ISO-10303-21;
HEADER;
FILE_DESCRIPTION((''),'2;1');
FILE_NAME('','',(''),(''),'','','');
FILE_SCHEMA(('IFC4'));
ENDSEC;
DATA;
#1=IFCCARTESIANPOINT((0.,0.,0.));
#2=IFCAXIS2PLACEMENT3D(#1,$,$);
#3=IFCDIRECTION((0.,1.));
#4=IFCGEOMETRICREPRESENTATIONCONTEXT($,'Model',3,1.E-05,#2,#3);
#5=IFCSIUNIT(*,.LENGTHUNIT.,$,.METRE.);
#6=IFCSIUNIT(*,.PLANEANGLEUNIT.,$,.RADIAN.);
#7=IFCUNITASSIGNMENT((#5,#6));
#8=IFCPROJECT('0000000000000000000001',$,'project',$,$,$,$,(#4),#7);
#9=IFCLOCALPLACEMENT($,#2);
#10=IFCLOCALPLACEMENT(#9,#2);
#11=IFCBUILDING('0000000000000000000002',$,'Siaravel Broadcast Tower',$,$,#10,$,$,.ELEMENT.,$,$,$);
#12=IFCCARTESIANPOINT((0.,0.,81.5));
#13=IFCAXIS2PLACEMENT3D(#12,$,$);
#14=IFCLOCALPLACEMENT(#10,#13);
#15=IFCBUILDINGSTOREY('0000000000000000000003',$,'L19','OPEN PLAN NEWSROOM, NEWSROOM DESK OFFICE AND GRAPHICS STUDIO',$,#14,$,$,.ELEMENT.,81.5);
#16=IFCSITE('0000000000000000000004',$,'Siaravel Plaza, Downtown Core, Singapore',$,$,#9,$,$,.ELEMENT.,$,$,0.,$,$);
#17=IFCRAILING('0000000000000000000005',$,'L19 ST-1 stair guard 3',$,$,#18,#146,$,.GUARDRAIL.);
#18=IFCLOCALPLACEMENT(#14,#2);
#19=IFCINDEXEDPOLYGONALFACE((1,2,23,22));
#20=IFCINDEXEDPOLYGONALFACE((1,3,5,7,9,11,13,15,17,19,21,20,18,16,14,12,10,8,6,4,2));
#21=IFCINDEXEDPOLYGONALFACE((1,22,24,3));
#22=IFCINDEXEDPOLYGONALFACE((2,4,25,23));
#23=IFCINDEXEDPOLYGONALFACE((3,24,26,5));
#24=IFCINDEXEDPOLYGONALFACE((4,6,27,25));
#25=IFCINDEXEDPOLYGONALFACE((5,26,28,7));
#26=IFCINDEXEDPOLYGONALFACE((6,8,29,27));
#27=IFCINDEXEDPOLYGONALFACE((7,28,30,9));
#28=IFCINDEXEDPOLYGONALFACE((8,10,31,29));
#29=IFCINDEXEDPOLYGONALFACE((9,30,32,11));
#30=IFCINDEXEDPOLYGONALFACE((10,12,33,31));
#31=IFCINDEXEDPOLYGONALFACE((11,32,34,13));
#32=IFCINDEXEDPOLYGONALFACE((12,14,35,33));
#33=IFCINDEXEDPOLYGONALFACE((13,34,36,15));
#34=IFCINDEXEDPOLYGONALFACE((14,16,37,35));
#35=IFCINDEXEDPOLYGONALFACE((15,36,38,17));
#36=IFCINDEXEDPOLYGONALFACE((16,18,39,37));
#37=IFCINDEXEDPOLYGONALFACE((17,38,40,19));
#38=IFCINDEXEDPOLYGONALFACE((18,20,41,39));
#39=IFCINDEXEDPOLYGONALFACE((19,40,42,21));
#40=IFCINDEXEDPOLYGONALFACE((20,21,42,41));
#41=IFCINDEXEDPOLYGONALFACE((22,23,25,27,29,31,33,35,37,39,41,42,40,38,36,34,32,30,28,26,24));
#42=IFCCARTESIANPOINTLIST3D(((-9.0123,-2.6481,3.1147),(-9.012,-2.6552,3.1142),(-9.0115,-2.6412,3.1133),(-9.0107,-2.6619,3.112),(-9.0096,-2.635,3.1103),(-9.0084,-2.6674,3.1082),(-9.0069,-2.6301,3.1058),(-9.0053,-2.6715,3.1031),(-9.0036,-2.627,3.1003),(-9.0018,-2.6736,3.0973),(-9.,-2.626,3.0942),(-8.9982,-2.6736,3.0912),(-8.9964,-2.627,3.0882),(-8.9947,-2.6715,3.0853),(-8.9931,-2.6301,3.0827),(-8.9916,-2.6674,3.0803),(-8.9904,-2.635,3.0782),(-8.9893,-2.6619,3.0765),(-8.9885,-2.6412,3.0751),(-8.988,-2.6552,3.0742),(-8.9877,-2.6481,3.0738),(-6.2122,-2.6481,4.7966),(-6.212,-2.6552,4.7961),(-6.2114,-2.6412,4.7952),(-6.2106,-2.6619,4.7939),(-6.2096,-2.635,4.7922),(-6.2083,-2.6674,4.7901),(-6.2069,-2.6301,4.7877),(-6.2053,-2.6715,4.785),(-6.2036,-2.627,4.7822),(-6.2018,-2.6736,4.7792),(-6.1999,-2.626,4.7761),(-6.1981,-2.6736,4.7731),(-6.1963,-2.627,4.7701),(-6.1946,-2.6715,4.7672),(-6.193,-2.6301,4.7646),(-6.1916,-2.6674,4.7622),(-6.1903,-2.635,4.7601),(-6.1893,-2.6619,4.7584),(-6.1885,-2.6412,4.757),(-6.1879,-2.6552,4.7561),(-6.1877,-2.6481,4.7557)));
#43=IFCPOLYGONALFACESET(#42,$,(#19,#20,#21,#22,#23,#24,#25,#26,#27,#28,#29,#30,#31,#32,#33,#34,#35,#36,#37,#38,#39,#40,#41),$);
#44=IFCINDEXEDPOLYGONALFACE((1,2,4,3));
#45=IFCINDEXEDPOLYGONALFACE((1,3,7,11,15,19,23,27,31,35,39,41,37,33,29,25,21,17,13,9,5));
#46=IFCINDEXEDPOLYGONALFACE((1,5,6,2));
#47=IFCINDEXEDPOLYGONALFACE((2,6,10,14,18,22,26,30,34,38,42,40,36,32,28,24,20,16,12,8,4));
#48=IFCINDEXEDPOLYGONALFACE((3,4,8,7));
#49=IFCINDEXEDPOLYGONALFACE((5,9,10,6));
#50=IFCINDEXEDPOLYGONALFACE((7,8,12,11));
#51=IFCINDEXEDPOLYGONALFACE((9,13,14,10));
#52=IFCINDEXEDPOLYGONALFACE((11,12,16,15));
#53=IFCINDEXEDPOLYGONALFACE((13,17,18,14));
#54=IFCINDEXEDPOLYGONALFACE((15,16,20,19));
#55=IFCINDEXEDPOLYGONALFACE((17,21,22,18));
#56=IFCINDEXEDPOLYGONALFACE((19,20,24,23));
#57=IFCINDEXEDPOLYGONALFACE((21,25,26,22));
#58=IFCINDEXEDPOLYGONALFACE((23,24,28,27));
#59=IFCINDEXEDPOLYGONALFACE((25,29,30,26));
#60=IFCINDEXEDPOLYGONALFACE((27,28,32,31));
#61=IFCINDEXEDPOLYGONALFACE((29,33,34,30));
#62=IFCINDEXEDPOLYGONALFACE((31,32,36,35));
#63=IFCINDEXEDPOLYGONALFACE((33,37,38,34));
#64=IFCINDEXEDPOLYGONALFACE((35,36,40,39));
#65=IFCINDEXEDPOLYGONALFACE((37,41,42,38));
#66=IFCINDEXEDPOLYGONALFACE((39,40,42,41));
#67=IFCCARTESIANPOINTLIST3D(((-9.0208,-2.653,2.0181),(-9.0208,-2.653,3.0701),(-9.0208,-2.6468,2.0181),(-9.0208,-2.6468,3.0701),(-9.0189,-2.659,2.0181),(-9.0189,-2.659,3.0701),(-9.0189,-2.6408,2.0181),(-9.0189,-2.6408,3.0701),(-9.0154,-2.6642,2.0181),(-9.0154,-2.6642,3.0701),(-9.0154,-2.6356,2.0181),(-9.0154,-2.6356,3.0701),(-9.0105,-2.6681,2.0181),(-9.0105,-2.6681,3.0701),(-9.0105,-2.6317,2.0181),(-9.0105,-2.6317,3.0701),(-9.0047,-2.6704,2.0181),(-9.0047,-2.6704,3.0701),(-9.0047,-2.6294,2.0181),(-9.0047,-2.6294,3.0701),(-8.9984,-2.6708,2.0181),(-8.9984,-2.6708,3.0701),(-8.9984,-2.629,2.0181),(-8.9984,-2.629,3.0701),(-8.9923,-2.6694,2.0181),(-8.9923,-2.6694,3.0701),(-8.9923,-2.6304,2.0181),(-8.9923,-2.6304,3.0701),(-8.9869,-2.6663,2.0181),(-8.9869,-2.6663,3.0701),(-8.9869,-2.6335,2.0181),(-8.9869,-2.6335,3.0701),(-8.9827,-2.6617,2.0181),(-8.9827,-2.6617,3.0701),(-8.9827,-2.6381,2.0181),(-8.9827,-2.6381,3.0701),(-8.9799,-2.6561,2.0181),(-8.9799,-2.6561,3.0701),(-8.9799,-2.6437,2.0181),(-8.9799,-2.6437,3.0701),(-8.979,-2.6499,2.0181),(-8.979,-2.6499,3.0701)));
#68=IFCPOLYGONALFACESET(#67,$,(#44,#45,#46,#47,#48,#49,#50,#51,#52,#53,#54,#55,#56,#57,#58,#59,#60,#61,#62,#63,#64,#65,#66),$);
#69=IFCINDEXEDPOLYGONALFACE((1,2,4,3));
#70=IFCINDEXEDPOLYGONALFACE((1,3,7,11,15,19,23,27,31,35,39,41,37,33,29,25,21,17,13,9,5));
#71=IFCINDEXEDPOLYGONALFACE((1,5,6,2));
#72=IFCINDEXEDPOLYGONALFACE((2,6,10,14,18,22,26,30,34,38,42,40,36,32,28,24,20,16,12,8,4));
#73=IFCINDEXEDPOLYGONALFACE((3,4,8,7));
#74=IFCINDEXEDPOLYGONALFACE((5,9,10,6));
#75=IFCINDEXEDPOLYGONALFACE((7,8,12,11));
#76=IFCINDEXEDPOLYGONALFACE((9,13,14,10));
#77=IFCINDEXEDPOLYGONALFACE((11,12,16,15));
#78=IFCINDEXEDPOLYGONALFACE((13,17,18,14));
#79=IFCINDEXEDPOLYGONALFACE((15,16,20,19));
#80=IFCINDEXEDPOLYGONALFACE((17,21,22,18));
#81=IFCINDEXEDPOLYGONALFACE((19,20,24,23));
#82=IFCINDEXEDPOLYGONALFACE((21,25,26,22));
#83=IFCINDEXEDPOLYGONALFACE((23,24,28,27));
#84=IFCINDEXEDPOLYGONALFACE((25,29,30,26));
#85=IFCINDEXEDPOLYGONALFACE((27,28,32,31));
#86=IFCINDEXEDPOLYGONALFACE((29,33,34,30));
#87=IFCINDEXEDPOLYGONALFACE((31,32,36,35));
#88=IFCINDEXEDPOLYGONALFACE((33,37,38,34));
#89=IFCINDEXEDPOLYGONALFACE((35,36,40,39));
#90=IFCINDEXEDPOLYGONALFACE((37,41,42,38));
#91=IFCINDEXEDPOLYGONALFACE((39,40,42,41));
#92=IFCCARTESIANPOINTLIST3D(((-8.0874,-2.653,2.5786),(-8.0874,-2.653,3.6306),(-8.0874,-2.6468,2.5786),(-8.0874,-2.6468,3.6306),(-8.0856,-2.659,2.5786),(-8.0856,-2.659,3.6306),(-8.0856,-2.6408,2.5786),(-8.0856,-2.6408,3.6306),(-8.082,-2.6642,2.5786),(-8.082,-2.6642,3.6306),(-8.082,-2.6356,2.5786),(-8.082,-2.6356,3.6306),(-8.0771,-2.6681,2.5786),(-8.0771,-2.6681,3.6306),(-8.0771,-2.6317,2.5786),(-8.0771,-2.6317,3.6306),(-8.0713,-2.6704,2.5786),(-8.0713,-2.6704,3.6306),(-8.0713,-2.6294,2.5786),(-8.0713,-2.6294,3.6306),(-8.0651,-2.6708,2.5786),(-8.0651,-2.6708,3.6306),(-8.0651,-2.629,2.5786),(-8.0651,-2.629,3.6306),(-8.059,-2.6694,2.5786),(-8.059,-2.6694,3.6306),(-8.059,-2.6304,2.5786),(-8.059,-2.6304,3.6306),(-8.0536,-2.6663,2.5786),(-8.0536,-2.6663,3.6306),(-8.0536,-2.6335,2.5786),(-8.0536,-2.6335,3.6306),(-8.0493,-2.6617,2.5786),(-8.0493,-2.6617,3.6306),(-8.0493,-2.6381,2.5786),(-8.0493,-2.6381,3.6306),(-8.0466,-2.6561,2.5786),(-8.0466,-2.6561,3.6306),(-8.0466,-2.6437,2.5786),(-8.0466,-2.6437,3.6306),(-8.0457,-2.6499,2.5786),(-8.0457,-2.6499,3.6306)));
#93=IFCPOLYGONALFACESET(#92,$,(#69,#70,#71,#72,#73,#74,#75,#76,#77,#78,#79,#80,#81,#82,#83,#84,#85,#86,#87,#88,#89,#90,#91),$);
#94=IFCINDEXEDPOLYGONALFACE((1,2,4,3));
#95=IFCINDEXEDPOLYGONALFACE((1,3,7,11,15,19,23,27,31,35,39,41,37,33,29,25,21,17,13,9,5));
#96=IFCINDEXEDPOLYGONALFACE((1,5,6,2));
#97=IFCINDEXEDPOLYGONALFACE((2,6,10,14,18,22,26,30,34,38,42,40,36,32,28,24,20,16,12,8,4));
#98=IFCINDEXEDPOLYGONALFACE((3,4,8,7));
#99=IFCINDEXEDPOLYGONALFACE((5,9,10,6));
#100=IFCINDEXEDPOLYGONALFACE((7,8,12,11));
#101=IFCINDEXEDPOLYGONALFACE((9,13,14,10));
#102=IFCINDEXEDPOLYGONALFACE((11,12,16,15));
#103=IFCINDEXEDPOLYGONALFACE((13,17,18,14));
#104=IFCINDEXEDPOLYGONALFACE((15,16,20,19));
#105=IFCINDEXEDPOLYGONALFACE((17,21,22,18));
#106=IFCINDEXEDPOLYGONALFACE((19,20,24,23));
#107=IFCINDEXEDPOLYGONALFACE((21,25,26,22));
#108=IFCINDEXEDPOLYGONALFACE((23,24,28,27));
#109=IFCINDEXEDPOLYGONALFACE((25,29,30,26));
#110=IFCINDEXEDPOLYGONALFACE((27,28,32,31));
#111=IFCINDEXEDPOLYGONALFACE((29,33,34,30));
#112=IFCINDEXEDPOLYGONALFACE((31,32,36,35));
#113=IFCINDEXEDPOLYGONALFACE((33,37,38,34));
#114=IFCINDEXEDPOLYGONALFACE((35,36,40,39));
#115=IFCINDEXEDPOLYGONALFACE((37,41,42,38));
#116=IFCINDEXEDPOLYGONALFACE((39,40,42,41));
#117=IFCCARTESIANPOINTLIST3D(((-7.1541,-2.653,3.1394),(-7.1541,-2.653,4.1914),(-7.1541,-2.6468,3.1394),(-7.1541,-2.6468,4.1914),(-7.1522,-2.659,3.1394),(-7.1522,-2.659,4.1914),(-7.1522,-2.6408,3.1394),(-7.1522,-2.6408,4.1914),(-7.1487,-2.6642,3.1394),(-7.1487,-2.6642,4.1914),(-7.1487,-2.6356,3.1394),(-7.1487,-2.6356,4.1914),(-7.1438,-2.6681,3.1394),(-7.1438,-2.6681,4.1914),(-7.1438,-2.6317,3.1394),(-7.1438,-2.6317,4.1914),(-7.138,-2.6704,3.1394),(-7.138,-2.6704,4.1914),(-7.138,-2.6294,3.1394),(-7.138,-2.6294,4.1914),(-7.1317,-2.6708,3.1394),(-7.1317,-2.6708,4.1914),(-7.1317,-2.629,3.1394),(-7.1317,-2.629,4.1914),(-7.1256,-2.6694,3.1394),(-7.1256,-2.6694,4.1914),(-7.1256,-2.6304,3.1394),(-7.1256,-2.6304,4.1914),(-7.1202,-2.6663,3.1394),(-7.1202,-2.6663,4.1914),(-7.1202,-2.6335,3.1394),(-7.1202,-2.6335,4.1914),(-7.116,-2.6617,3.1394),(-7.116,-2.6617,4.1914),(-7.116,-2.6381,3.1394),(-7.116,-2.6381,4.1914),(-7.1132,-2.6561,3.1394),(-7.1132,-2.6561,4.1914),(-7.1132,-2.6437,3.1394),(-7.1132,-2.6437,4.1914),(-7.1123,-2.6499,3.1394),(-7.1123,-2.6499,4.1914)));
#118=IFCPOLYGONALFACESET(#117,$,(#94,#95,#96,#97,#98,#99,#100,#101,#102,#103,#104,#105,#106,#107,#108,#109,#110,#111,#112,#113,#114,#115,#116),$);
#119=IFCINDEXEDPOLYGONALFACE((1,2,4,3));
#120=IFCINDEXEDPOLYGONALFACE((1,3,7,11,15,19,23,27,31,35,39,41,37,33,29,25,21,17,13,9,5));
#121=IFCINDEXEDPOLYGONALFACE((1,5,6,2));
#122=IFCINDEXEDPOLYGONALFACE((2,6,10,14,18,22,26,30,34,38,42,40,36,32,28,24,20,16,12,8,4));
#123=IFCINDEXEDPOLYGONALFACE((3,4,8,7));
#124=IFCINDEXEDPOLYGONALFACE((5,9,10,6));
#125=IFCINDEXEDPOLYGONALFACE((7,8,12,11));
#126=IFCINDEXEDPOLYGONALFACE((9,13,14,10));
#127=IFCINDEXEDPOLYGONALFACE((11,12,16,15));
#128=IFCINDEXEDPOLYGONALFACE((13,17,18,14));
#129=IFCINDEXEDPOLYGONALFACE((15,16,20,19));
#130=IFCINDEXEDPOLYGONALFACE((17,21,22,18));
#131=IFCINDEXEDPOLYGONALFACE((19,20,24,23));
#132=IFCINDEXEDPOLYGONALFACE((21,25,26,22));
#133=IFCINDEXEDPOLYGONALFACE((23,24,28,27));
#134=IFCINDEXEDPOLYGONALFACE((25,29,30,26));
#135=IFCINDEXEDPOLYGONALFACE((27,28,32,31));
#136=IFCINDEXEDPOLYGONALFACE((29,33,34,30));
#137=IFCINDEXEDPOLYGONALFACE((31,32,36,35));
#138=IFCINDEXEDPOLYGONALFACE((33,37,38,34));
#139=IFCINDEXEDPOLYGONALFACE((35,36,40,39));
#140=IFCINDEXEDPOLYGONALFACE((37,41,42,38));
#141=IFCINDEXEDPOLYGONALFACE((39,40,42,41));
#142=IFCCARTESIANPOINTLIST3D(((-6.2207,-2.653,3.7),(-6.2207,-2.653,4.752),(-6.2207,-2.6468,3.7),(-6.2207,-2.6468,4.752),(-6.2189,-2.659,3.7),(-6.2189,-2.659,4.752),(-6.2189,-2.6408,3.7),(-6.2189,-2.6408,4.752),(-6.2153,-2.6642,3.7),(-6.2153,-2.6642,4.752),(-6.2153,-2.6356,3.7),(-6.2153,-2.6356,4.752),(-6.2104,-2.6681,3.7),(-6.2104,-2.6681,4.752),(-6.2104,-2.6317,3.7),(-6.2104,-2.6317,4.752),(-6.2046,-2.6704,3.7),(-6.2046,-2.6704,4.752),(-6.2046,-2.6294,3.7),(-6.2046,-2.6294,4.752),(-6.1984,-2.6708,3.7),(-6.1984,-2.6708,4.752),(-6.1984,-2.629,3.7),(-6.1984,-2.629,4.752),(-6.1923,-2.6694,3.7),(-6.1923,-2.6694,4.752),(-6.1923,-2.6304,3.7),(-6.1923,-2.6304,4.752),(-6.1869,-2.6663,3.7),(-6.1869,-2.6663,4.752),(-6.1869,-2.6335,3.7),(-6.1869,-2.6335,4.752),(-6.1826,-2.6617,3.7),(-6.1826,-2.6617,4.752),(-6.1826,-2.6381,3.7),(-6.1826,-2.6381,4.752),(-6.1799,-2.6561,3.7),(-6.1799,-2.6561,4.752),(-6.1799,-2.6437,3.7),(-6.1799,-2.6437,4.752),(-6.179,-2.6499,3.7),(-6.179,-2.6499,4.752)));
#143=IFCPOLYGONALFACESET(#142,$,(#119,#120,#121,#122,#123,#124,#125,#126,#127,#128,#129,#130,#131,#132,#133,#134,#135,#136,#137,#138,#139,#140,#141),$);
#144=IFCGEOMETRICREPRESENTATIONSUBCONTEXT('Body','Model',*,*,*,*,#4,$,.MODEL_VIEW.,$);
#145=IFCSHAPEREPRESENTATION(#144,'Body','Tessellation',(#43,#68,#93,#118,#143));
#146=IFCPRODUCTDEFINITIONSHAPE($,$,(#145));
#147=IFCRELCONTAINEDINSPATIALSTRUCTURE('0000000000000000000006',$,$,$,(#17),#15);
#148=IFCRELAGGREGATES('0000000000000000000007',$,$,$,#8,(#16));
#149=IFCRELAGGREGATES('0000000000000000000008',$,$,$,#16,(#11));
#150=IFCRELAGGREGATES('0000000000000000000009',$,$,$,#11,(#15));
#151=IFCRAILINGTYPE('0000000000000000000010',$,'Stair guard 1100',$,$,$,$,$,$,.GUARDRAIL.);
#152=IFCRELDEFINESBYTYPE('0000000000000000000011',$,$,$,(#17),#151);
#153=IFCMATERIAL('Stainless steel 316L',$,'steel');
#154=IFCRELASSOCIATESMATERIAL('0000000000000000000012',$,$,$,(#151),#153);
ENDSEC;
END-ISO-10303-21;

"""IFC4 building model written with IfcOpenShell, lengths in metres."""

from ifc_helpers import new_model, si_unit, direction, frame, origin, origin_2d, place, context, subcontext, project, spatial, circle, extrude, material, type_object, element, save


model = new_model("IFC4")

# Units and contexts
model_context = context("Model", 3, precision=1e-05, world=origin(), true_north=direction((0.0, 1.0)))
body_context = subcontext(model_context, "Body", "Model", "MODEL_VIEW")
ifc_project = project(units=[si_unit("LENGTHUNIT", "METRE"), si_unit("PLANEANGLEUNIT", "RADIAN")], contexts=[model_context])

# Site, building, storey
site_placement = place(None, origin())
site = spatial("IfcSite", under=ifc_project, at=site_placement, Name="Siaravel Plaza, Downtown Core, Singapore", CompositionType="ELEMENT", RefElevation=0.0)
building_placement = place(site_placement, origin())
building = spatial("IfcBuilding", under=site, at=building_placement, Name="Siaravel Broadcast Tower", CompositionType="ELEMENT")
storey_placement = place(building_placement, frame((0.0, 0.0, 81.5)))
storey = spatial("IfcBuildingStorey", under=building, at=storey_placement, Name="L19", Description="OPEN PLAN NEWSROOM, NEWSROOM DESK OFFICE AND GRAPHICS STUDIO", CompositionType="ELEMENT", Elevation=81.5)

# Shared definitions
ifc_material_1 = material(Name="Stainless steel 316L", Category="steel")

# Railing
railing_type_1 = type_object("IfcRailingType", Name="Stair guard 1100", PredefinedType="GUARDRAIL", material=ifc_material_1)
railing_1_placement = place(storey_placement, frame((-9.0, -2.6499, 2.0181)))
element("IfcRailing", 1, at=railing_1_placement, inside=storey, type_object=railing_type_1, Name="L19 ST-1 stair guard 3", PredefinedType="GUARDRAIL", context=body_context, shape_type="SweptSolid", body=[
    extrude(circle(Radius=0.0239, at=origin_2d()), frame((0.0, 0.0, 1.0762), z_axis=(0.857242, 0.0, 0.514913), x_axis=(0.0, 1.0, 0.0)), (0.0, 0.0, 1.0), 3.2664),
    extrude(circle(Radius=0.021, at=origin_2d()), origin(), (0.0, 0.0, 1.0), 1.052),
    extrude(circle(Radius=0.021, at=origin_2d()), frame((0.9333, 0.0, 0.5605)), (0.0, 0.0, 1.0), 1.052),
    extrude(circle(Radius=0.021, at=origin_2d()), frame((1.8667, 0.0, 1.1213)), (0.0, 0.0, 1.0), 1.052),
    extrude(circle(Radius=0.021, at=origin_2d()), frame((2.8, 0.0, 1.6819)), (0.0, 0.0, 1.0), 1.052),
])

save(model, "model.ifc")
